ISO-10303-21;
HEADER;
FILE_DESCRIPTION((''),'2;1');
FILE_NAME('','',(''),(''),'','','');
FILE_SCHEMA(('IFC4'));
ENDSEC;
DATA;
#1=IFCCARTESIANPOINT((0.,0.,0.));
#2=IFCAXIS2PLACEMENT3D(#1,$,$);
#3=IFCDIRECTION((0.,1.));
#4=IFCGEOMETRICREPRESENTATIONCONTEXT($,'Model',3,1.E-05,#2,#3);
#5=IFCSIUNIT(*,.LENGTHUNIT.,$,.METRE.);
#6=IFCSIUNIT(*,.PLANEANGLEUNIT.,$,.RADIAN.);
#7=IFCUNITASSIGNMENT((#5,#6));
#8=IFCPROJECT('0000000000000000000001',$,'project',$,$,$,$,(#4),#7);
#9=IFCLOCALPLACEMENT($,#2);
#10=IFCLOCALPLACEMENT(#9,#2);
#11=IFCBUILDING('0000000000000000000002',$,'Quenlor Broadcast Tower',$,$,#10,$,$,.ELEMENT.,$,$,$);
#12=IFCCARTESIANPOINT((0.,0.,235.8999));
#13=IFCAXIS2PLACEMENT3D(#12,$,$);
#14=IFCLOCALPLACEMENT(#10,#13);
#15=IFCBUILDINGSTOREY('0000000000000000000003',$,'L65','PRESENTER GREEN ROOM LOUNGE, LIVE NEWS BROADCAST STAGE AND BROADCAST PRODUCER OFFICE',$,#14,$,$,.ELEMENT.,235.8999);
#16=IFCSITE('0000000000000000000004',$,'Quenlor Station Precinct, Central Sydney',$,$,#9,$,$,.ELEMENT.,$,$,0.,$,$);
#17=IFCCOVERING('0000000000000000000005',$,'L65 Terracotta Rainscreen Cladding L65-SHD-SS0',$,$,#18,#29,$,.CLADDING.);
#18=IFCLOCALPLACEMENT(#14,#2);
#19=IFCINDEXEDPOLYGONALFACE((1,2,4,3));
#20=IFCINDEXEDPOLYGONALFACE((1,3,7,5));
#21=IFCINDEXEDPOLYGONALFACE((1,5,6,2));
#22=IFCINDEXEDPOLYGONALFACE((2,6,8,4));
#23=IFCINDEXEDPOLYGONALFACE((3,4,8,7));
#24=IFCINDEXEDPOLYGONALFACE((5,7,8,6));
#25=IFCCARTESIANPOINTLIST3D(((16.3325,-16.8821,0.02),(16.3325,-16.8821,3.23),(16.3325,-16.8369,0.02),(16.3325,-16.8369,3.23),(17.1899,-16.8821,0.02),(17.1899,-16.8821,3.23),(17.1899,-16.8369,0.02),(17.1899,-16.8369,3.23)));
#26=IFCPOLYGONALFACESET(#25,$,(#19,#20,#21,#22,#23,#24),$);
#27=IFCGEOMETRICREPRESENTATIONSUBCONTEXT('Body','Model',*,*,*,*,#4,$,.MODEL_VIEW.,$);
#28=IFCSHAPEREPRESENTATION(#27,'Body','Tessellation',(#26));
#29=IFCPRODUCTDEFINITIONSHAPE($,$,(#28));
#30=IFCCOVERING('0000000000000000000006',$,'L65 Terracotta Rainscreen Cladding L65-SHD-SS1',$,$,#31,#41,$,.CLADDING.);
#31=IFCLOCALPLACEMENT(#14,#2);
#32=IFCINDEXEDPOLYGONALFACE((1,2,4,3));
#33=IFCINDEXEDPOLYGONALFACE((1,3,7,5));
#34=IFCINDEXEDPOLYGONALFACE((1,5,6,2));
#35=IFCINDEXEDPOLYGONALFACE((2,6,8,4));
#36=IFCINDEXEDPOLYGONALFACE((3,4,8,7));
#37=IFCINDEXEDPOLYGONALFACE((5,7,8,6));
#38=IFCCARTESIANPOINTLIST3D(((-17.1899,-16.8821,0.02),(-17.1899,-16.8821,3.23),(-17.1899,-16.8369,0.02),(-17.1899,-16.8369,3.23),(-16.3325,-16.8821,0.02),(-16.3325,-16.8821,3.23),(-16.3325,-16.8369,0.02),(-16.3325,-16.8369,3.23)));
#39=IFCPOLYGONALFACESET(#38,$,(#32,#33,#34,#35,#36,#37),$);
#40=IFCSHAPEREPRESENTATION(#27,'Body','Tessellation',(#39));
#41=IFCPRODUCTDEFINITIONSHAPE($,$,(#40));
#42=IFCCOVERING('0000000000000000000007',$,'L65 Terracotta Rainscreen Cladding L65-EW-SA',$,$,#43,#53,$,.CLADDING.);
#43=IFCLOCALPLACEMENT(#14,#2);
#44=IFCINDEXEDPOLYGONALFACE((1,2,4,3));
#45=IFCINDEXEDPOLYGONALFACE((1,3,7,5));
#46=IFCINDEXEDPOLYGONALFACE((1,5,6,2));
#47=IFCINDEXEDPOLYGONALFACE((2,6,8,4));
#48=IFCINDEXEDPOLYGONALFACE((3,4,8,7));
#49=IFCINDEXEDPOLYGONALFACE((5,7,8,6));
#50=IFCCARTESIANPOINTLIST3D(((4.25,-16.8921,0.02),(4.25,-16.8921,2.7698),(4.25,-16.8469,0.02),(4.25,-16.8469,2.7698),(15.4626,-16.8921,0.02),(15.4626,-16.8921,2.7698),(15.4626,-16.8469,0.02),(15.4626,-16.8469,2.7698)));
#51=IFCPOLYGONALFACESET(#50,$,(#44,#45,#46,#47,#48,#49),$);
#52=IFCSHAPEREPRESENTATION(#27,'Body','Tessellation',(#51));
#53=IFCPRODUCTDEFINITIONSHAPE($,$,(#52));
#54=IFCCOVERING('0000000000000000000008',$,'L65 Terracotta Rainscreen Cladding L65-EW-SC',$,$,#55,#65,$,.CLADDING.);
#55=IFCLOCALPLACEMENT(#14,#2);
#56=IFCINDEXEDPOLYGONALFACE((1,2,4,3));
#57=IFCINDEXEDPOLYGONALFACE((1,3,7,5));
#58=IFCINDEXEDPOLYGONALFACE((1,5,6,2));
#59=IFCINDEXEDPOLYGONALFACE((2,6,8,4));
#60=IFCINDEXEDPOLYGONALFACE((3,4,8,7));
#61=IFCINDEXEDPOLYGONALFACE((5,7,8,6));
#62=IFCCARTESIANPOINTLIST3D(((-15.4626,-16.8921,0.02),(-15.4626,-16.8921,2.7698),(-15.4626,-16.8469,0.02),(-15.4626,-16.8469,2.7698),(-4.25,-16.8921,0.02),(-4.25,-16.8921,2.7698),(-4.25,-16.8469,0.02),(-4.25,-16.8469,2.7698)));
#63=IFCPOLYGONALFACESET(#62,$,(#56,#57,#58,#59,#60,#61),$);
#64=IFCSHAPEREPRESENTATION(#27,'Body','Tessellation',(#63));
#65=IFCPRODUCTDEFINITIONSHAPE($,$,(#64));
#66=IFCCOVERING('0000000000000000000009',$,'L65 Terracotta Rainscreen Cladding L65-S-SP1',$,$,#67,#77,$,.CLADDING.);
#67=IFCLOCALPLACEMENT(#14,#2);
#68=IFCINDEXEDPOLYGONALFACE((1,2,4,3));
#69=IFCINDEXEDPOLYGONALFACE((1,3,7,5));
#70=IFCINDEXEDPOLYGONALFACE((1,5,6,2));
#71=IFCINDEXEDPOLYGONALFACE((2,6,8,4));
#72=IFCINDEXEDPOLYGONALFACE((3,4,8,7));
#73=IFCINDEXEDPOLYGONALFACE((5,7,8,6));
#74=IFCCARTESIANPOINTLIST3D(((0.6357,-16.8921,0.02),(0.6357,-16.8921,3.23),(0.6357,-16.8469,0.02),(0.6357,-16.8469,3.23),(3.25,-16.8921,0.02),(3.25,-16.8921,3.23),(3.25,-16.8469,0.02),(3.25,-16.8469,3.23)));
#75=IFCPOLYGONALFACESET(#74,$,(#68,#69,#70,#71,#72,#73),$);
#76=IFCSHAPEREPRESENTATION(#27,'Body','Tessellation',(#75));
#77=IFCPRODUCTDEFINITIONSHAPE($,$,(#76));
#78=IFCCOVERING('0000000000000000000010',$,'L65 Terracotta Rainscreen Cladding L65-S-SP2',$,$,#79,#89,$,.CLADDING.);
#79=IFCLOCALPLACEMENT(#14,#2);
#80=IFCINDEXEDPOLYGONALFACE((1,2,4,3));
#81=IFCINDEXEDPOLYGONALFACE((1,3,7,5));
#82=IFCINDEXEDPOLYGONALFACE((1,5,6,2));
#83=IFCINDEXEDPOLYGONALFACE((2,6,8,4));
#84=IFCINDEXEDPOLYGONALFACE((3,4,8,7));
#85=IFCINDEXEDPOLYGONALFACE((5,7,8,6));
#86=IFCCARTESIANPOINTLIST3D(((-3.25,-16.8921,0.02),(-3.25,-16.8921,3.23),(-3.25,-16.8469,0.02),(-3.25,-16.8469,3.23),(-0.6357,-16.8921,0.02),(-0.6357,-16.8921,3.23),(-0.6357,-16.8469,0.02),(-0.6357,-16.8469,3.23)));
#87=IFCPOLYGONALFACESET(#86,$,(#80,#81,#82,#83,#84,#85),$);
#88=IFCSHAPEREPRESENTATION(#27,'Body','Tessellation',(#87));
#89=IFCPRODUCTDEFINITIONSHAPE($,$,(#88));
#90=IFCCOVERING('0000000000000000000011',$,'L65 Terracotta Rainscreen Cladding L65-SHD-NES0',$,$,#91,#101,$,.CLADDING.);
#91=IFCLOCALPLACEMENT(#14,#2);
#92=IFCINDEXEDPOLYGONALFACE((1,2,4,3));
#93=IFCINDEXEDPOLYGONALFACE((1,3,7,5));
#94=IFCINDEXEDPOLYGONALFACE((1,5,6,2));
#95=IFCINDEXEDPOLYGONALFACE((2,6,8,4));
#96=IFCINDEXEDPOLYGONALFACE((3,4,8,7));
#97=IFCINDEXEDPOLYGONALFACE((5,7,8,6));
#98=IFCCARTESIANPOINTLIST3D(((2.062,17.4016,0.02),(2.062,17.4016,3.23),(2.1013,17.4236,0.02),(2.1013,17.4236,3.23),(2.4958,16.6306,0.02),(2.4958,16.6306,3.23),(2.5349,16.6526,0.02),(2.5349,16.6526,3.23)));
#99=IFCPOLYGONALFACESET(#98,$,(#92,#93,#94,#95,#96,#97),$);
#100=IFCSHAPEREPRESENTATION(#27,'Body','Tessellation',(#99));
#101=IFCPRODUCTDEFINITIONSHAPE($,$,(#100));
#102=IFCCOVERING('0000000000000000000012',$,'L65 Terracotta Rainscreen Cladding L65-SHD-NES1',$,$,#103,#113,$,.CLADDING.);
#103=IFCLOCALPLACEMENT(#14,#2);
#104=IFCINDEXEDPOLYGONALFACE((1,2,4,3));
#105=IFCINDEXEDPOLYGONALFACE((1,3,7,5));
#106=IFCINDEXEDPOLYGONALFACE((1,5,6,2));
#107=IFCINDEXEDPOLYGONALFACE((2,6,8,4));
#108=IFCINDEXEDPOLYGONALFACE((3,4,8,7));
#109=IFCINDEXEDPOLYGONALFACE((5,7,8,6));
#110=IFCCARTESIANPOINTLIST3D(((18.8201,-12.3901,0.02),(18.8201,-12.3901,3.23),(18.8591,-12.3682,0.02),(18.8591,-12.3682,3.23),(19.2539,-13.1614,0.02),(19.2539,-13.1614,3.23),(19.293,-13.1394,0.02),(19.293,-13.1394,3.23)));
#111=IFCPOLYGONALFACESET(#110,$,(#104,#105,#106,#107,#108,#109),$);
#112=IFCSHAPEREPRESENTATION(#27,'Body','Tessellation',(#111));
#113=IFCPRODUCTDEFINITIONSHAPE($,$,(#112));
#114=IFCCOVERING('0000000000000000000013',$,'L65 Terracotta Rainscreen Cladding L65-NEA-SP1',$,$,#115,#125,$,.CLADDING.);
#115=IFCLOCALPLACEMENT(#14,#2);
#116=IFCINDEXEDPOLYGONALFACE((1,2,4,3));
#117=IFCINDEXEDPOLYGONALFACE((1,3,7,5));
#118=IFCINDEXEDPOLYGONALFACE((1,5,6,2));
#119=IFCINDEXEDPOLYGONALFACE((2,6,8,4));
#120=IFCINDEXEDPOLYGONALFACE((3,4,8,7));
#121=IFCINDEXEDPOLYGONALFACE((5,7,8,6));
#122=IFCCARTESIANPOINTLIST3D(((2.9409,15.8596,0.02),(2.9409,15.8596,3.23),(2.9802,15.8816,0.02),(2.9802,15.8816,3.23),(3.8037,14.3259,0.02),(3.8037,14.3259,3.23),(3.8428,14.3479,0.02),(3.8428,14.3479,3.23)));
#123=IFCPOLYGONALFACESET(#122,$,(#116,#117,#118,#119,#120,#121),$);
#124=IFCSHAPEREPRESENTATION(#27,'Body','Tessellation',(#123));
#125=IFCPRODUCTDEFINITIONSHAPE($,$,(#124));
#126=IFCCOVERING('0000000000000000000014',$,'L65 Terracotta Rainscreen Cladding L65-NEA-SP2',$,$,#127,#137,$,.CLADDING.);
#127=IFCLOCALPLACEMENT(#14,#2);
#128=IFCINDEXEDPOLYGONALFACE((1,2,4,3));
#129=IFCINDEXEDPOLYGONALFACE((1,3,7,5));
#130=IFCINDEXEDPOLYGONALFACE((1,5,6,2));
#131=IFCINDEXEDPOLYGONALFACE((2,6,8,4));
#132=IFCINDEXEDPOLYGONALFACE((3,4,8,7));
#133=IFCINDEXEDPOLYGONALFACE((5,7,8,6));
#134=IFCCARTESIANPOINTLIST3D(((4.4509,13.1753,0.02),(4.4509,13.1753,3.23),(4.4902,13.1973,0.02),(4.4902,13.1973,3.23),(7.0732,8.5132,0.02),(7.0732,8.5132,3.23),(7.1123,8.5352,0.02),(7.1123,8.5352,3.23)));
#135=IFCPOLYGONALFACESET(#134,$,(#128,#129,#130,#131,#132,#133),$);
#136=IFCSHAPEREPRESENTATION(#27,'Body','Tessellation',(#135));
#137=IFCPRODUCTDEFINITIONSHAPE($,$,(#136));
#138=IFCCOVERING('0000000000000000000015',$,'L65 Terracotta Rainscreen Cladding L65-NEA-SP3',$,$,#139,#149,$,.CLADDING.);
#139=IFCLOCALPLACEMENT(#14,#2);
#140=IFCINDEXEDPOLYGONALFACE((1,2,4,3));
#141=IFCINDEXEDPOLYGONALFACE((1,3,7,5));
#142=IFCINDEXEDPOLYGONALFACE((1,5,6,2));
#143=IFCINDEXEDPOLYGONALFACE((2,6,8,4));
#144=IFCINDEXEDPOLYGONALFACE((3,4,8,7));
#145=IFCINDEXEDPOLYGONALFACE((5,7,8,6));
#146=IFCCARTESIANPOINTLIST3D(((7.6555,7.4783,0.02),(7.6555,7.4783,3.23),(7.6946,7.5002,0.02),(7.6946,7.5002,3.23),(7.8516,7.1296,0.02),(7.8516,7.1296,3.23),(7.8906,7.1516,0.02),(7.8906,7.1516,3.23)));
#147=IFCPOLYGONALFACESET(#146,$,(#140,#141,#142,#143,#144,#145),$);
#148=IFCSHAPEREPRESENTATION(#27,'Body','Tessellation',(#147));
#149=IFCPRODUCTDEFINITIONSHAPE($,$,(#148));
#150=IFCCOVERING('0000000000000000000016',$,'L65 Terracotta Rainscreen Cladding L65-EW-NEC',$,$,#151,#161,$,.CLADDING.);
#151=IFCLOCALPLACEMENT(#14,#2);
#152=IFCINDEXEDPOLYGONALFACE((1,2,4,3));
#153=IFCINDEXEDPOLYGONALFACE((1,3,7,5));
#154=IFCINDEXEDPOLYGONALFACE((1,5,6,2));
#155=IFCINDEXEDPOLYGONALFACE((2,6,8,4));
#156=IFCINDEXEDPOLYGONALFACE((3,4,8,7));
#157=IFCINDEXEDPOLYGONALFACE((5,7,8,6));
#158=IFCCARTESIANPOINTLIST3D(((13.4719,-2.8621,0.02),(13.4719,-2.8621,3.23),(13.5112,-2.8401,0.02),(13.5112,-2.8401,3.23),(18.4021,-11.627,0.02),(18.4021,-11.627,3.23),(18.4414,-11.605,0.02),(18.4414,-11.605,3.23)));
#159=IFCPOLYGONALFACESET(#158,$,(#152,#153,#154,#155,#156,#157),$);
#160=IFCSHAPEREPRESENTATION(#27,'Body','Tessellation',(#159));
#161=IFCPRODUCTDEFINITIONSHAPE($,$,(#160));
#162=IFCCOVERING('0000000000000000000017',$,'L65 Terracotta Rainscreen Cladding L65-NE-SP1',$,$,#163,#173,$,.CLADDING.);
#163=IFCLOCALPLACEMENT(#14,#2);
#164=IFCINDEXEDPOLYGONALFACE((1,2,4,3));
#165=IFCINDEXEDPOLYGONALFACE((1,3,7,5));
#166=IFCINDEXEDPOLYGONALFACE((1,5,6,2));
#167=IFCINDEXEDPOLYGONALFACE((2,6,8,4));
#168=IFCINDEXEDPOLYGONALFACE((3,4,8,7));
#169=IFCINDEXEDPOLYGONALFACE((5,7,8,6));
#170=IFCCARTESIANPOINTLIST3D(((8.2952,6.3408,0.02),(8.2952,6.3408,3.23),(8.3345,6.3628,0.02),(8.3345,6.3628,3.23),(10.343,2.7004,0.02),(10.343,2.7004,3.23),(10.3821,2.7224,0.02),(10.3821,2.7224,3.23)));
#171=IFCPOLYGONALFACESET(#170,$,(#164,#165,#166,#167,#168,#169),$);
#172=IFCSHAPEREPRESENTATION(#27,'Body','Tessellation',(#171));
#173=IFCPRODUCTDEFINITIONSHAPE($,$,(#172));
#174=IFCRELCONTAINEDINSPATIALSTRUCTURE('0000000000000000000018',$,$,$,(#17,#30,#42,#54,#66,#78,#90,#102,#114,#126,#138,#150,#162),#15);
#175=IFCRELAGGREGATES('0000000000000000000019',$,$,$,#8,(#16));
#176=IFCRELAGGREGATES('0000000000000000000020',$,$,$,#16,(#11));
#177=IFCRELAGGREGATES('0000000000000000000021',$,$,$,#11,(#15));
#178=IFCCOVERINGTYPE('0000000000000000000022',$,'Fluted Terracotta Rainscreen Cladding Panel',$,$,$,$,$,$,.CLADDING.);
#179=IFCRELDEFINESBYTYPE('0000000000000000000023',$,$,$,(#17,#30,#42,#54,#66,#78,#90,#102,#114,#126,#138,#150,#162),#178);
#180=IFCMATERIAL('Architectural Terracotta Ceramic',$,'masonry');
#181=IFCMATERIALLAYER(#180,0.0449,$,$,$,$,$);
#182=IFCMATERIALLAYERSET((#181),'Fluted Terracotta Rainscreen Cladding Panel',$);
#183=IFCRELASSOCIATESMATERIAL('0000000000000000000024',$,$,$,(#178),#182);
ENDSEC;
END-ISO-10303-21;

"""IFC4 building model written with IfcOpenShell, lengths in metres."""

from ifc_helpers import new_model, si_unit, direction, frame, origin, place, context, subcontext, project, spatial, polyline, outline, extrude, material, layer, layer_set, type_object, element, save


model = new_model("IFC4")

# Units and contexts
model_context = context("Model", 3, precision=1e-05, world=origin(), true_north=direction((0.0, 1.0)))
body_context = subcontext(model_context, "Body", "Model", "MODEL_VIEW")
ifc_project = project(units=[si_unit("LENGTHUNIT", "METRE"), si_unit("PLANEANGLEUNIT", "RADIAN")], contexts=[model_context])

# Site, building, storey
site_placement = place(None, origin())
site = spatial("IfcSite", under=ifc_project, at=site_placement, Name="Quenlor Station Precinct, Central Sydney", CompositionType="ELEMENT", RefElevation=0.0)
building_placement = place(site_placement, origin())
building = spatial("IfcBuilding", under=site, at=building_placement, Name="Quenlor Broadcast Tower", CompositionType="ELEMENT")
storey_placement = place(building_placement, frame((0.0, 0.0, 235.8999)))
storey = spatial("IfcBuildingStorey", under=building, at=storey_placement, Name="L65", Description="PRESENTER GREEN ROOM LOUNGE, LIVE NEWS BROADCAST STAGE AND BROADCAST PRODUCER OFFICE", CompositionType="ELEMENT", Elevation=235.8999)

# Coverings
ifc_material_1 = material(Name="Architectural Terracotta Ceramic", Category="masonry")
ifc_layer_1 = layer(ifc_material_1, 0.0449)
ifc_layer_set_1 = layer_set([ifc_layer_1], Name="Fluted Terracotta Rainscreen Cladding Panel")
covering_type = type_object("IfcCoveringType", Name="Fluted Terracotta Rainscreen Cladding Panel", PredefinedType="CLADDING", material=ifc_layer_set_1)
covering_1_placement = place(storey_placement, frame((0.0, 0.0, 0.02)))
element("IfcCovering", 1, at=covering_1_placement, inside=storey, type_object=covering_type, Name="L65 Terracotta Rainscreen Cladding L65-SHD-SS0", PredefinedType="CLADDING", context=body_context, shape_type="SweptSolid", body=[
    extrude(outline(polyline([(17.1899, -16.8369), (16.3325, -16.8369), (16.3325, -16.8821), (17.1899, -16.8821), (17.1899, -16.8369)])), origin(), (0.0, 0.0, 1.0), 3.21),
])
covering_2_placement = place(storey_placement, frame((0.0, 0.0, 0.02)))
element("IfcCovering", 2, at=covering_2_placement, inside=storey, type_object=covering_type, Name="L65 Terracotta Rainscreen Cladding L65-SHD-SS1", PredefinedType="CLADDING", context=body_context, shape_type="SweptSolid", body=[
    extrude(outline(polyline([(-16.3325, -16.8369), (-17.1899, -16.8369), (-17.1899, -16.8821), (-16.3325, -16.8821), (-16.3325, -16.8369)])), origin(), (0.0, 0.0, 1.0), 3.21),
])
covering_3_placement = place(storey_placement, frame((0.0, 0.0, 0.02)))
element("IfcCovering", 3, at=covering_3_placement, inside=storey, type_object=covering_type, Name="L65 Terracotta Rainscreen Cladding L65-EW-SA", PredefinedType="CLADDING", context=body_context, shape_type="SweptSolid", body=[
    extrude(outline(polyline([(15.4626, -16.8469), (4.25, -16.8469), (4.25, -16.8921), (15.4626, -16.8921), (15.4626, -16.8469)])), origin(), (0.0, 0.0, 1.0), 2.7498),
])
covering_4_placement = place(storey_placement, frame((0.0, 0.0, 0.02)))
element("IfcCovering", 4, at=covering_4_placement, inside=storey, type_object=covering_type, Name="L65 Terracotta Rainscreen Cladding L65-EW-SC", PredefinedType="CLADDING", context=body_context, shape_type="SweptSolid", body=[
    extrude(outline(polyline([(-4.25, -16.8469), (-15.4626, -16.8469), (-15.4626, -16.8921), (-4.25, -16.8921), (-4.25, -16.8469)])), origin(), (0.0, 0.0, 1.0), 2.7498),
])
covering_5_placement = place(storey_placement, frame((0.0, 0.0, 0.02)))
element("IfcCovering", 5, at=covering_5_placement, inside=storey, type_object=covering_type, Name="L65 Terracotta Rainscreen Cladding L65-S-SP1", PredefinedType="CLADDING", context=body_context, shape_type="SweptSolid", body=[
    extrude(outline(polyline([(3.25, -16.8469), (0.6357, -16.8469), (0.6357, -16.8921), (3.25, -16.8921), (3.25, -16.8469)])), origin(), (0.0, 0.0, 1.0), 3.21),
])
covering_6_placement = place(storey_placement, frame((0.0, 0.0, 0.02)))
element("IfcCovering", 6, at=covering_6_placement, inside=storey, type_object=covering_type, Name="L65 Terracotta Rainscreen Cladding L65-S-SP2", PredefinedType="CLADDING", context=body_context, shape_type="SweptSolid", body=[
    extrude(outline(polyline([(-0.6357, -16.8469), (-3.25, -16.8469), (-3.25, -16.8921), (-0.6357, -16.8921), (-0.6357, -16.8469)])), origin(), (0.0, 0.0, 1.0), 3.21),
])
covering_7_placement = place(storey_placement, frame((0.0, 0.0, 0.02)))
element("IfcCovering", 7, at=covering_7_placement, inside=storey, type_object=covering_type, Name="L65 Terracotta Rainscreen Cladding L65-SHD-NES0", PredefinedType="CLADDING", context=body_context, shape_type="SweptSolid", body=[
    extrude(outline(polyline([(2.062, 17.4016), (2.4958, 16.6306), (2.5349, 16.6526), (2.1013, 17.4236), (2.062, 17.4016)])), origin(), (0.0, 0.0, 1.0), 3.21),
])
covering_8_placement = place(storey_placement, frame((0.0, 0.0, 0.02)))
element("IfcCovering", 8, at=covering_8_placement, inside=storey, type_object=covering_type, Name="L65 Terracotta Rainscreen Cladding L65-SHD-NES1", PredefinedType="CLADDING", context=body_context, shape_type="SweptSolid", body=[
    extrude(outline(polyline([(18.8201, -12.3901), (19.2539, -13.1614), (19.293, -13.1394), (18.8591, -12.3682), (18.8201, -12.3901)])), origin(), (0.0, 0.0, 1.0), 3.21),
])
covering_9_placement = place(storey_placement, frame((0.0, 0.0, 0.02)))
element("IfcCovering", 9, at=covering_9_placement, inside=storey, type_object=covering_type, Name="L65 Terracotta Rainscreen Cladding L65-NEA-SP1", PredefinedType="CLADDING", context=body_context, shape_type="SweptSolid", body=[
    extrude(outline(polyline([(2.9409, 15.8596), (3.8037, 14.3259), (3.8428, 14.3479), (2.9802, 15.8816), (2.9409, 15.8596)])), origin(), (0.0, 0.0, 1.0), 3.21),
])
covering_10_placement = place(storey_placement, frame((0.0, 0.0, 0.02)))
element("IfcCovering", 10, at=covering_10_placement, inside=storey, type_object=covering_type, Name="L65 Terracotta Rainscreen Cladding L65-NEA-SP2", PredefinedType="CLADDING", context=body_context, shape_type="SweptSolid", body=[
    extrude(outline(polyline([(4.4509, 13.1753), (7.0732, 8.5132), (7.1123, 8.5352), (4.4902, 13.1973), (4.4509, 13.1753)])), origin(), (0.0, 0.0, 1.0), 3.21),
])
covering_11_placement = place(storey_placement, frame((0.0, 0.0, 0.02)))
element("IfcCovering", 11, at=covering_11_placement, inside=storey, type_object=covering_type, Name="L65 Terracotta Rainscreen Cladding L65-NEA-SP3", PredefinedType="CLADDING", context=body_context, shape_type="SweptSolid", body=[
    extrude(outline(polyline([(7.6555, 7.4783), (7.8516, 7.1296), (7.8906, 7.1516), (7.6946, 7.5002), (7.6555, 7.4783)])), origin(), (0.0, 0.0, 1.0), 3.21),
])
covering_12_placement = place(storey_placement, frame((0.0, 0.0, 0.02)))
element("IfcCovering", 12, at=covering_12_placement, inside=storey, type_object=covering_type, Name="L65 Terracotta Rainscreen Cladding L65-EW-NEC", PredefinedType="CLADDING", context=body_context, shape_type="SweptSolid", body=[
    extrude(outline(polyline([(13.4719, -2.8621), (18.4021, -11.627), (18.4414, -11.605), (13.5112, -2.8401), (13.4719, -2.8621)])), origin(), (0.0, 0.0, 1.0), 3.21),
])
covering_13_placement = place(storey_placement, frame((0.0, 0.0, 0.02)))
element("IfcCovering", 13, at=covering_13_placement, inside=storey, type_object=covering_type, Name="L65 Terracotta Rainscreen Cladding L65-NE-SP1", PredefinedType="CLADDING", context=body_context, shape_type="SweptSolid", body=[
    extrude(outline(polyline([(8.2952, 6.3408), (10.343, 2.7004), (10.3821, 2.7224), (8.3345, 6.3628), (8.2952, 6.3408)])), origin(), (0.0, 0.0, 1.0), 3.21),
])

save(model, "model.ifc")
